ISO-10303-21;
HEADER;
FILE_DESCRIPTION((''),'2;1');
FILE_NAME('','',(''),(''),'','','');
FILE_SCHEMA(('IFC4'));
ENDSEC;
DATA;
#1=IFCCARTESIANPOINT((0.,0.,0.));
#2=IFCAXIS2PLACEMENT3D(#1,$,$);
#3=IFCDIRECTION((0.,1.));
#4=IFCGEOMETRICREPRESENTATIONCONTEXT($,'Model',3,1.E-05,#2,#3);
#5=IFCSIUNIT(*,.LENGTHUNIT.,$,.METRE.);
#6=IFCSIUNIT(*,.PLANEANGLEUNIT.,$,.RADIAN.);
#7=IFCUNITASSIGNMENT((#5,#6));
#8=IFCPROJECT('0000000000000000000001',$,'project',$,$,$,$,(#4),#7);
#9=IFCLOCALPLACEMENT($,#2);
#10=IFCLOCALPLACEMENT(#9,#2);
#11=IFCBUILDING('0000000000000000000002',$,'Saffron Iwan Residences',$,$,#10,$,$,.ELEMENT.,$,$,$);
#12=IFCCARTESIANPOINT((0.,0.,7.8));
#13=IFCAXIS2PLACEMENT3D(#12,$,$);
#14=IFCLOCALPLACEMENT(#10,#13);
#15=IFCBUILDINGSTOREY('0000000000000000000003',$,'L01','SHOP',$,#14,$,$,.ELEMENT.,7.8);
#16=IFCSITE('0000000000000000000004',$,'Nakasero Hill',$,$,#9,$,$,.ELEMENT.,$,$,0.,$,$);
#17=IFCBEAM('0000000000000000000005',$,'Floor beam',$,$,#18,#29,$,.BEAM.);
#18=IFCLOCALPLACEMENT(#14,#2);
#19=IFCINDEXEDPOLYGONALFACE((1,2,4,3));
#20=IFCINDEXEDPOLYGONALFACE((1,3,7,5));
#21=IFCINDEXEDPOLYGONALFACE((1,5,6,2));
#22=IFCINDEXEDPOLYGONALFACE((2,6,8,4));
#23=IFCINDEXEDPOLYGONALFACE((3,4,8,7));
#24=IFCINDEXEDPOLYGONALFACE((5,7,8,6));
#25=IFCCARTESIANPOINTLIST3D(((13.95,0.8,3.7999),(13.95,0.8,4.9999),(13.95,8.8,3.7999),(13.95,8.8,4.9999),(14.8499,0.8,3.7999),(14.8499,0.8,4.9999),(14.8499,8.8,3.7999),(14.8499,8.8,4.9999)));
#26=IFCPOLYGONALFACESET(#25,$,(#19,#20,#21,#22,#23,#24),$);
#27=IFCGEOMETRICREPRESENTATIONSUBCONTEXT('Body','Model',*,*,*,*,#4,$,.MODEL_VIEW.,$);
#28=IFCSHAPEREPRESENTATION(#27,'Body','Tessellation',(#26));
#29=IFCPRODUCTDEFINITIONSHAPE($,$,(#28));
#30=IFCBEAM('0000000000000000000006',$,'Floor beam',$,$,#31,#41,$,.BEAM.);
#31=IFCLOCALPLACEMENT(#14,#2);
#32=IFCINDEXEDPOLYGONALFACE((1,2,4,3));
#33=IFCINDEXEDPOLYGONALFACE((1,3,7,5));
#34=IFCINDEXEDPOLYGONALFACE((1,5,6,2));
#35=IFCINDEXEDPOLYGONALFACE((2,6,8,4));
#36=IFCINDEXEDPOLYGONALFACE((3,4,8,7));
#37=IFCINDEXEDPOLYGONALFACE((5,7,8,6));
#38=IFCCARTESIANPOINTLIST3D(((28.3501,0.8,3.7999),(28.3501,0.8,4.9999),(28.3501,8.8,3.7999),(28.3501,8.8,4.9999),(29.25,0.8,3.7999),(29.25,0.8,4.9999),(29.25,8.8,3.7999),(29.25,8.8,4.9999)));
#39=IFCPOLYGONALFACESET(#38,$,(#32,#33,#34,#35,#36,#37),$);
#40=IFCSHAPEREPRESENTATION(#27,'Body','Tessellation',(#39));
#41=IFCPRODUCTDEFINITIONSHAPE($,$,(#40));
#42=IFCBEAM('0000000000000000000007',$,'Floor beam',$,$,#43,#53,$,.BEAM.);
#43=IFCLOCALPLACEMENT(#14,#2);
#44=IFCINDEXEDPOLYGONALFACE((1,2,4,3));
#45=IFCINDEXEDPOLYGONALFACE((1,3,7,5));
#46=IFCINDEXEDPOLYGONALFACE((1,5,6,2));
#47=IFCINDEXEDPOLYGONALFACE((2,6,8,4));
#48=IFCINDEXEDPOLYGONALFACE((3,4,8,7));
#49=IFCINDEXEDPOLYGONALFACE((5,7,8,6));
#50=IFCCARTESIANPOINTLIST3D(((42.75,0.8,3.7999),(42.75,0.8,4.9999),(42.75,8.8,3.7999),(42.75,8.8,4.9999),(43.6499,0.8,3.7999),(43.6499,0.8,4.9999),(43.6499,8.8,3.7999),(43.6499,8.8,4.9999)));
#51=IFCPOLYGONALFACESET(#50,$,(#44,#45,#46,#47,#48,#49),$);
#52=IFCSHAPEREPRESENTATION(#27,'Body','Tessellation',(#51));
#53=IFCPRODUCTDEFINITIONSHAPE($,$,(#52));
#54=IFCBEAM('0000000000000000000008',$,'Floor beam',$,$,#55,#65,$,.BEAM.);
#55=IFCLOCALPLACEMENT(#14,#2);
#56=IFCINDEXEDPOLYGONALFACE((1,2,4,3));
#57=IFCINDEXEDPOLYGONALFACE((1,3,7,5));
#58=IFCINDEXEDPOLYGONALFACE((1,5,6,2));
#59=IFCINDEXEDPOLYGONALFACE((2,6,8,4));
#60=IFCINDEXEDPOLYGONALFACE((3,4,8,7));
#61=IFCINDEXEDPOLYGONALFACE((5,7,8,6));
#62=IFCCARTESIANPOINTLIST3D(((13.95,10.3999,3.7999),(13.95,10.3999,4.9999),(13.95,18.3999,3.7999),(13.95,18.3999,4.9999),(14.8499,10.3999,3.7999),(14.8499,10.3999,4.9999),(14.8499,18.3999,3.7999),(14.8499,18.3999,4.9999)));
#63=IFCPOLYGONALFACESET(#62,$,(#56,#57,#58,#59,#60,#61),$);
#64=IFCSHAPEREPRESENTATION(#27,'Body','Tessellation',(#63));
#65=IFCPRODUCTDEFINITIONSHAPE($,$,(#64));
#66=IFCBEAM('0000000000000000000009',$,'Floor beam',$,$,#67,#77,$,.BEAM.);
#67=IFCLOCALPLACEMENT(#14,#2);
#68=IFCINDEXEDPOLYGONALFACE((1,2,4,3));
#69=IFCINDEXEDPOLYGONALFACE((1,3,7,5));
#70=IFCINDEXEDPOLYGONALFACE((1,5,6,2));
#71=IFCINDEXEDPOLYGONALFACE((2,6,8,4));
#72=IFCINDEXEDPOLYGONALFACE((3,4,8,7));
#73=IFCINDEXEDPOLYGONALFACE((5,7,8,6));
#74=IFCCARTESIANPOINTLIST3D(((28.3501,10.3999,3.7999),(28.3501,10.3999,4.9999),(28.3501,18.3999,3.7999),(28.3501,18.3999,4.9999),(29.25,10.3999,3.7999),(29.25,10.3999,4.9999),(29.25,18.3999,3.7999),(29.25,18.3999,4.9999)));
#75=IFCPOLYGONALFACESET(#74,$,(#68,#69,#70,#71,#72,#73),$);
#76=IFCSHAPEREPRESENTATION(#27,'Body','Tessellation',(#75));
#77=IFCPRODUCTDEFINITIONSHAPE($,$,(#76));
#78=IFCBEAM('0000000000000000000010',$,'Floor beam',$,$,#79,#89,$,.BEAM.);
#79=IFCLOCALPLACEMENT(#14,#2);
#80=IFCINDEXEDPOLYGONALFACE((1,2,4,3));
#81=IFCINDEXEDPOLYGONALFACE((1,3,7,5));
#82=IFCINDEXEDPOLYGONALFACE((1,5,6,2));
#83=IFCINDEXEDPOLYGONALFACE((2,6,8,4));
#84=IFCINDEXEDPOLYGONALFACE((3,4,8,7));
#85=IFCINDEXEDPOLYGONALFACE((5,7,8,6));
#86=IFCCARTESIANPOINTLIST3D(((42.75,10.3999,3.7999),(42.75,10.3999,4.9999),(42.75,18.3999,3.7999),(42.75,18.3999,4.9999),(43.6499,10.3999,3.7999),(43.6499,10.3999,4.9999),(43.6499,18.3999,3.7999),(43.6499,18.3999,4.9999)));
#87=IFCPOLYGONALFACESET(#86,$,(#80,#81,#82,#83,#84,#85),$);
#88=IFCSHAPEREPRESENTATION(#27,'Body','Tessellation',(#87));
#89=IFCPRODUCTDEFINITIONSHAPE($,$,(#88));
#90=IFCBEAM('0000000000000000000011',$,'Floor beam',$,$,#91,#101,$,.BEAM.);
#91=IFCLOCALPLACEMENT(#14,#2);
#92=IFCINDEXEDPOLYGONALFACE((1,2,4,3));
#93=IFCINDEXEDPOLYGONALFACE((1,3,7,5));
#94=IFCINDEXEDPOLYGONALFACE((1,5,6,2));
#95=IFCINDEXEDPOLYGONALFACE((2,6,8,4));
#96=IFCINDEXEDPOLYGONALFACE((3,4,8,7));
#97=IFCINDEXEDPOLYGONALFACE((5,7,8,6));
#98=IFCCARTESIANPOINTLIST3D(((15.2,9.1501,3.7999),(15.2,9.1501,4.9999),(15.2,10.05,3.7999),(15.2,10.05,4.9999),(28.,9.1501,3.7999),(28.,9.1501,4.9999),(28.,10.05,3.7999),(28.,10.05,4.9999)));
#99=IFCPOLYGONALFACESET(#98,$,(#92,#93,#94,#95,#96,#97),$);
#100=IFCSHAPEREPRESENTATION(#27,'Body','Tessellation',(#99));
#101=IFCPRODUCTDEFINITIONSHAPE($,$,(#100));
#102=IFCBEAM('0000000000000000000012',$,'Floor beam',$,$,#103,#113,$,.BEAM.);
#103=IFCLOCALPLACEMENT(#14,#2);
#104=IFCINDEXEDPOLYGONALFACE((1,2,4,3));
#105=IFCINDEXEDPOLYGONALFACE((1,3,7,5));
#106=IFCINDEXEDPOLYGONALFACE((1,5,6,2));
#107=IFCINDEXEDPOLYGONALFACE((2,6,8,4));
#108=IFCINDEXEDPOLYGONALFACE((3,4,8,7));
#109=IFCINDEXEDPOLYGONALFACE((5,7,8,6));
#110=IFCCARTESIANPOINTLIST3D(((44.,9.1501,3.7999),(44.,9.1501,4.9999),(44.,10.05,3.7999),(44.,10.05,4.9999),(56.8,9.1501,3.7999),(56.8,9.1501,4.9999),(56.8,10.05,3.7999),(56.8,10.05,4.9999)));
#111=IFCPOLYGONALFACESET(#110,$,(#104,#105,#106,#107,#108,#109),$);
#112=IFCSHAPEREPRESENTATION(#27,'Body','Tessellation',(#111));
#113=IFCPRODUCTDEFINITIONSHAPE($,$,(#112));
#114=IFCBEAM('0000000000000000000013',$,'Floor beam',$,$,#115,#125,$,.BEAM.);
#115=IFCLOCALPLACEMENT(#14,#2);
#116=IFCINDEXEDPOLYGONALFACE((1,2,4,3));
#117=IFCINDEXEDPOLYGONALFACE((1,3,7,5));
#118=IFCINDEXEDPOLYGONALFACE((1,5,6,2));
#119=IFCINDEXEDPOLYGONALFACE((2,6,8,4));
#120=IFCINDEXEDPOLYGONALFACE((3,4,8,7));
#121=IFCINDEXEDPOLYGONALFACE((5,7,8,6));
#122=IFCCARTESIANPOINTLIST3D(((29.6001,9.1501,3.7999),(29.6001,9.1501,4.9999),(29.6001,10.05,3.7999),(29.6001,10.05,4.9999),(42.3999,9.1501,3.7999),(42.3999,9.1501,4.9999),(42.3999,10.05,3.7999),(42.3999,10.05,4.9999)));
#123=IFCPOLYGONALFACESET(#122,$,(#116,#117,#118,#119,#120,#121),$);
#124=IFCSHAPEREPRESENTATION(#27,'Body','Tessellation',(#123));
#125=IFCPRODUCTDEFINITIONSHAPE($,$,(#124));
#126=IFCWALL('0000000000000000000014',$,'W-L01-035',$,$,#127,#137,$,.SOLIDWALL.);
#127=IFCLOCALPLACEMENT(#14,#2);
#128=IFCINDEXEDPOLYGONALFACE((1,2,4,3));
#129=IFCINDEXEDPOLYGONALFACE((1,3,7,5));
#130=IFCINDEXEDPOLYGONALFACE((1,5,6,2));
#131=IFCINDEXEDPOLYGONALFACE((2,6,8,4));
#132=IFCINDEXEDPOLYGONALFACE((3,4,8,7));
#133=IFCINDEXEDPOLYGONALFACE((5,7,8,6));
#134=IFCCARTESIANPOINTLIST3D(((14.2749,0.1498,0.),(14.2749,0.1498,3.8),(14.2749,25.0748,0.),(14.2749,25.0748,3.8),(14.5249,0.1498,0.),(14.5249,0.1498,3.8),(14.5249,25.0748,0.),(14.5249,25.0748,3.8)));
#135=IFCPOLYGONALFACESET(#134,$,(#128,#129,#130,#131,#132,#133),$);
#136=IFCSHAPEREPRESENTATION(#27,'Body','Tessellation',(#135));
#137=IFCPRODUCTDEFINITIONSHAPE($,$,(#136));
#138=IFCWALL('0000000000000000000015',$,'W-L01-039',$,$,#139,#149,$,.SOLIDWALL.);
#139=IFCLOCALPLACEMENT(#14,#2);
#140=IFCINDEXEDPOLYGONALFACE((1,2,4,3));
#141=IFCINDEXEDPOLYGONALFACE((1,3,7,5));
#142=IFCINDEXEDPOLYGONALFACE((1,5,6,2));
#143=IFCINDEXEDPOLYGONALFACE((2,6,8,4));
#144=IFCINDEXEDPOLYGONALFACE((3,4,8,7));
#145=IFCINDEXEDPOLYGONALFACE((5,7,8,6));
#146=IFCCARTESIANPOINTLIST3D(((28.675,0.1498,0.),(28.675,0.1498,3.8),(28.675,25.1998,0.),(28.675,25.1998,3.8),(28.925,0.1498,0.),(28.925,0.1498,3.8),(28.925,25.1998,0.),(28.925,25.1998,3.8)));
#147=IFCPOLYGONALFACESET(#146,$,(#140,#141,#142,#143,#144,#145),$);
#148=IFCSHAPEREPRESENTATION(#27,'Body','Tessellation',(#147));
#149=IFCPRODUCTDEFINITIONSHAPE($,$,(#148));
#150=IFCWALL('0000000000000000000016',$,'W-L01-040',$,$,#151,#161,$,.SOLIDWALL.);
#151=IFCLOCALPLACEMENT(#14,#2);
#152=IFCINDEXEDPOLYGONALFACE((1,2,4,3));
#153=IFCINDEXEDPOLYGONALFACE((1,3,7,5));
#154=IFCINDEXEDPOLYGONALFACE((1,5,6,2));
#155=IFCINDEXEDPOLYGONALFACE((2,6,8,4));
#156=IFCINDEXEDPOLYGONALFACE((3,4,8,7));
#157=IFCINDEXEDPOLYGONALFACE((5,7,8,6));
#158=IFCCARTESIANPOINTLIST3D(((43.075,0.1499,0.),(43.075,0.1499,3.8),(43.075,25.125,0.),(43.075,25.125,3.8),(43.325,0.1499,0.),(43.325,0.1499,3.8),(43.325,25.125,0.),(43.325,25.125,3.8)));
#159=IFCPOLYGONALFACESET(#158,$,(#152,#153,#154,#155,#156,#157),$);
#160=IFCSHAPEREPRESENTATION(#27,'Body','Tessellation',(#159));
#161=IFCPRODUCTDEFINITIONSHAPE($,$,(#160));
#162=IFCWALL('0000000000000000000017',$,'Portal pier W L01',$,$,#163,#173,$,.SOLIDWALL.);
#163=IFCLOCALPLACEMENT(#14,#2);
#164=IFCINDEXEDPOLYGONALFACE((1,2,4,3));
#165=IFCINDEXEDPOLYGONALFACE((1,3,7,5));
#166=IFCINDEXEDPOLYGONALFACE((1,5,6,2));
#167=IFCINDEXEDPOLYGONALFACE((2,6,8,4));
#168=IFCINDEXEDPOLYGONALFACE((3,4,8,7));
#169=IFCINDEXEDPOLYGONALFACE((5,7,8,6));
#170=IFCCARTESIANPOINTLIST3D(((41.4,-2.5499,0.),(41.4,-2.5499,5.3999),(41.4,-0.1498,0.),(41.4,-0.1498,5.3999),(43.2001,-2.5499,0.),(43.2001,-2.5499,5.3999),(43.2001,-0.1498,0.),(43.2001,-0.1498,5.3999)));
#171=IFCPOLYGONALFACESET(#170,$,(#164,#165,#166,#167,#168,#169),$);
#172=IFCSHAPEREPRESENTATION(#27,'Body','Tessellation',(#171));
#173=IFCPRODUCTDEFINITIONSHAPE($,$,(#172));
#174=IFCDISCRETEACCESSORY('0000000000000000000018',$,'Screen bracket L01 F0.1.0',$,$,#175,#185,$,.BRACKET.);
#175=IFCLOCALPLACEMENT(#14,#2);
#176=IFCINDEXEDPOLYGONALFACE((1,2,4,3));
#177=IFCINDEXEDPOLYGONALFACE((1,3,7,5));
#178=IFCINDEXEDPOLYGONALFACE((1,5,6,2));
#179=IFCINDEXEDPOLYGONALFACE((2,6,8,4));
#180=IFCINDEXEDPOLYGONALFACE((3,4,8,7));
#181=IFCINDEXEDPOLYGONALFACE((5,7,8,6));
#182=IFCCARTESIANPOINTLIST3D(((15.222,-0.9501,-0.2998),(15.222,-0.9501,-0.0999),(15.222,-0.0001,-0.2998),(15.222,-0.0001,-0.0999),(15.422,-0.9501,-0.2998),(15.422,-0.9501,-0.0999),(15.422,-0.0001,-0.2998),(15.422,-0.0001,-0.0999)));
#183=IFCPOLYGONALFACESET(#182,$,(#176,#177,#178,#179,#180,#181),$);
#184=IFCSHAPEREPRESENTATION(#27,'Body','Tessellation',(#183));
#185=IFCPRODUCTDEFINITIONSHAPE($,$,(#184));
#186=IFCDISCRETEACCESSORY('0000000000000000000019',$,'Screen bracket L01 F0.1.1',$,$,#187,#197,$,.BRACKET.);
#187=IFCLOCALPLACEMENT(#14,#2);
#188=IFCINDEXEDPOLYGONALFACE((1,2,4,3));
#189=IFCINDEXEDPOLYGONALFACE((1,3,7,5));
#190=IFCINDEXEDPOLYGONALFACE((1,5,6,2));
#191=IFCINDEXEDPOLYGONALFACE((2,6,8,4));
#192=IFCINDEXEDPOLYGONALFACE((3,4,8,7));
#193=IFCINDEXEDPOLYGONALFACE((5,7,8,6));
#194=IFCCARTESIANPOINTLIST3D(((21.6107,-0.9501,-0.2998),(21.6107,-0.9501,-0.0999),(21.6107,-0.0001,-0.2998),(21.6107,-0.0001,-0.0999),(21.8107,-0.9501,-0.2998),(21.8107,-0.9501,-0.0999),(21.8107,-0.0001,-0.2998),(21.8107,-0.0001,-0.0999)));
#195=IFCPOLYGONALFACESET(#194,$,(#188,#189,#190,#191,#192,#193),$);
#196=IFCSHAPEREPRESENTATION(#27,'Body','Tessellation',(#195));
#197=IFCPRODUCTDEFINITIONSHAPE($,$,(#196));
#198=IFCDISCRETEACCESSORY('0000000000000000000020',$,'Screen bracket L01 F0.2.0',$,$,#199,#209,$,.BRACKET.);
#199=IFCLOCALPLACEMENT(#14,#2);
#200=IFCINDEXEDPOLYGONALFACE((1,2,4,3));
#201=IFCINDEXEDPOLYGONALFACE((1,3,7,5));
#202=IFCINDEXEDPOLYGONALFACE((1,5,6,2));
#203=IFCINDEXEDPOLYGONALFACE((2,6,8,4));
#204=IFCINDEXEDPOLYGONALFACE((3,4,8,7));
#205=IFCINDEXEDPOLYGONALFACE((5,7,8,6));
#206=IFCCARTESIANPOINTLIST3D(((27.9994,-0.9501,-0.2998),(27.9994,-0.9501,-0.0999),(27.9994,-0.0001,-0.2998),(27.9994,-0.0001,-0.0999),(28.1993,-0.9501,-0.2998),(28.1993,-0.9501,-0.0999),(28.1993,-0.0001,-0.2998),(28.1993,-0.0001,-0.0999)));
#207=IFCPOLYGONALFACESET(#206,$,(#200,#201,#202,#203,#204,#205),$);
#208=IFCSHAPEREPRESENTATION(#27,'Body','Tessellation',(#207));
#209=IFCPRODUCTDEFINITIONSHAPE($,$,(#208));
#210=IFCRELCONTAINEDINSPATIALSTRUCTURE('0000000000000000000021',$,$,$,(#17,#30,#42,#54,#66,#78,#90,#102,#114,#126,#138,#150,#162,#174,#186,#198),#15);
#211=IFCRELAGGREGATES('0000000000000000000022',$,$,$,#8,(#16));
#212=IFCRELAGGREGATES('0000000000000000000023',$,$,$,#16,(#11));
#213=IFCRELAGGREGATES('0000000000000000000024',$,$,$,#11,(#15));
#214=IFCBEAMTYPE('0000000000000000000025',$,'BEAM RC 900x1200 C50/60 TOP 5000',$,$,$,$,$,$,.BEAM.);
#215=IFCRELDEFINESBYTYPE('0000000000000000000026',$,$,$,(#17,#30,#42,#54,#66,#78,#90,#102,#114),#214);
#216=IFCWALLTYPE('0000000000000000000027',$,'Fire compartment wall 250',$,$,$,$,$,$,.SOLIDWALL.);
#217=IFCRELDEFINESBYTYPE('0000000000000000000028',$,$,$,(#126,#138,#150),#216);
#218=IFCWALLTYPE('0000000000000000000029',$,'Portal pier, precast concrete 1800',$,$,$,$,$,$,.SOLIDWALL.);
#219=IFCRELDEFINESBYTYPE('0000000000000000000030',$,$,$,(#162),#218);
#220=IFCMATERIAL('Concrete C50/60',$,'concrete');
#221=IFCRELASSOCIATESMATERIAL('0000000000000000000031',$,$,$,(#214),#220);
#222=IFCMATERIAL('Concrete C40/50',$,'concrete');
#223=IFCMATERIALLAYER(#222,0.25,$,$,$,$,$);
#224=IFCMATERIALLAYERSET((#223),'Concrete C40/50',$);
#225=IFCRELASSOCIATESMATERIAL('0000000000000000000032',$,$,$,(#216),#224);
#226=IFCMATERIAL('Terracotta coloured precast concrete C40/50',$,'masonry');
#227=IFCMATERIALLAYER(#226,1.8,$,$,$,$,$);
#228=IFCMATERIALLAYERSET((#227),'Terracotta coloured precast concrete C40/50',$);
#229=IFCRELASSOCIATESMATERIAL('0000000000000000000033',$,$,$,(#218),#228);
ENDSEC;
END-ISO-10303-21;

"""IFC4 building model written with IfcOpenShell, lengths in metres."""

from ifc_helpers import new_model, si_unit, direction, frame, frame_2d, origin, origin_2d, place, context, subcontext, project, spatial, rectangle, extrude, source, transform, mapped, material, layer, layer_set, material_profile, profile_set, type_object, element, save


model = new_model("IFC4")

# Units and contexts
model_context = context("Model", 3, precision=1e-05, world=origin(), true_north=direction((0.0, 1.0)))
body_context = subcontext(model_context, "Body", "Model", "MODEL_VIEW")
ifc_project = project(units=[si_unit("LENGTHUNIT", "METRE"), si_unit("PLANEANGLEUNIT", "RADIAN")], contexts=[model_context])

# Site, building, storey
site_placement = place(None, origin())
site = spatial("IfcSite", under=ifc_project, at=site_placement, Name="Nakasero Hill", CompositionType="ELEMENT", RefElevation=0.0)
building_placement = place(site_placement, origin())
building = spatial("IfcBuilding", under=site, at=building_placement, Name="Saffron Iwan Residences", CompositionType="ELEMENT")
storey_placement = place(building_placement, frame((0.0, 0.0, 7.8)))
storey = spatial("IfcBuildingStorey", under=building, at=storey_placement, Name="L01", Description="SHOP", CompositionType="ELEMENT", Elevation=7.8)

# Shared definitions
ifc_material_1 = material(Name="Concrete C50/60", Category="concrete")

# Beams
ifc_material_profile_1 = material_profile(ifc_material_1, rectangle(XDim=0.8999, YDim=1.2, at=origin_2d()), Name="RC 900x1200")
ifc_profile_set_1 = profile_set([ifc_material_profile_1], Name="Concrete C50/60")
beam_type_1 = type_object("IfcBeamType", Name="BEAM RC 900x1200 C50/60 TOP 5000", PredefinedType="BEAM", material=ifc_profile_set_1)
shared_shape_1 = source(origin(), body_context, "Body", "SweptSolid", [
    extrude(rectangle(XDim=0.8999, YDim=1.2, at=origin_2d()), origin(), (0.0, 0.0, 1.0), 8.0),
])
for number, where, z_axis, x_axis, name in (
    (1, (14.3999, 0.8, 4.3999), (0.0, 1.0, 0.0), (-1.0, 0.0, 0.0), "Floor beam"),
    (2, (28.8, 0.8, 4.3999), (0.0, 1.0, 0.0), (-1.0, 0.0, 0.0), "Floor beam"),
    (3, (43.2, 0.8, 4.3999), (0.0, 1.0, 0.0), (-1.0, 0.0, 0.0), "Floor beam"),
    (4, (14.3999, 10.3999, 4.3999), (0.0, 1.0, 0.0), (-1.0, 0.0, 0.0), "Floor beam"),
    (5, (28.8, 10.3999, 4.3999), (0.0, 1.0, 0.0), (-1.0, 0.0, 0.0), "Floor beam"),
    (6, (43.2, 10.3999, 4.3999), (0.0, 1.0, 0.0), (-1.0, 0.0, 0.0), "Floor beam"),
):
    element("IfcBeam", number, at=place(storey_placement, frame(where, z_axis=z_axis, x_axis=x_axis)), inside=storey, type_object=beam_type_1, Name=name, PredefinedType="BEAM", context=body_context, shape_type="MappedRepresentation", body=[
        mapped(shared_shape_1, transform((0.0, 0.0, 0.0))),
    ])
shared_shape_2 = source(origin(), body_context, "Body", "SweptSolid", [
    extrude(rectangle(XDim=0.8999, YDim=1.2, at=origin_2d()), origin(), (0.0, 0.0, 1.0), 12.8),
])
for number, where, z_axis, x_axis, name in (
    (7, (15.2, 9.6001, 4.3999), (1.0, 0.0, 0.0), (0.0, 1.0, 0.0), "Floor beam"),
    (8, (44.0, 9.6001, 4.3999), (1.0, 0.0, 0.0), (0.0, 1.0, 0.0), "Floor beam"),
):
    element("IfcBeam", number, at=place(storey_placement, frame(where, z_axis=z_axis, x_axis=x_axis)), inside=storey, type_object=beam_type_1, Name=name, PredefinedType="BEAM", context=body_context, shape_type="MappedRepresentation", body=[
        mapped(shared_shape_2, transform((0.0, 0.0, 0.0))),
    ])
shared_shape_3 = source(origin(), body_context, "Body", "SweptSolid", [
    extrude(rectangle(XDim=0.8999, YDim=1.2, at=origin_2d()), origin(), (0.0, 0.0, 1.0), 12.7998),
])
beam_1_placement = place(storey_placement, frame((29.6001, 9.6001, 4.3999), z_axis=(1.0, 0.0, 0.0), x_axis=(0.0, 1.0, 0.0)))
element("IfcBeam", 9, at=beam_1_placement, inside=storey, type_object=beam_type_1, Name="Floor beam", PredefinedType="BEAM", context=body_context, shape_type="MappedRepresentation", body=[
    mapped(shared_shape_3, transform((0.0, 0.0, 0.0))),
])

# Walls
ifc_material_2 = material(Name="Concrete C40/50", Category="concrete")
ifc_layer_1 = layer(ifc_material_2, 0.25)
ifc_layer_set_1 = layer_set([ifc_layer_1], Name="Concrete C40/50")
wall_type_1 = type_object("IfcWallType", Name="Fire compartment wall 250", PredefinedType="SOLIDWALL", material=ifc_layer_set_1)
wall_1_placement = place(storey_placement, frame((14.3999, 0.1499, 0.0), z_axis=(0.0, 0.0, 1.0), x_axis=(0.0, 1.0, 0.0)))
element("IfcWall", 10, at=wall_1_placement, inside=storey, type_object=wall_type_1, Name="W-L01-035", PredefinedType="SOLIDWALL", context=body_context, shape_type="SweptSolid", body=[
    extrude(rectangle(XDim=24.925, YDim=0.25, at=frame_2d((12.4624, 0.0))), origin(), (0.0, 0.0, 1.0), 3.8),
])
wall_2_placement = place(storey_placement, frame((28.8, 0.1499, 0.0), z_axis=(0.0, 0.0, 1.0), x_axis=(0.0, 1.0, 0.0)))
element("IfcWall", 11, at=wall_2_placement, inside=storey, type_object=wall_type_1, Name="W-L01-039", PredefinedType="SOLIDWALL", context=body_context, shape_type="SweptSolid", body=[
    extrude(rectangle(XDim=25.05, YDim=0.25, at=frame_2d((12.5249, 0.0))), origin(), (0.0, 0.0, 1.0), 3.8),
])
wall_3_placement = place(storey_placement, frame((43.2, 0.1499, 0.0), z_axis=(0.0, 0.0, 1.0), x_axis=(0.0, 1.0, 0.0)))
element("IfcWall", 12, at=wall_3_placement, inside=storey, type_object=wall_type_1, Name="W-L01-040", PredefinedType="SOLIDWALL", context=body_context, shape_type="SweptSolid", body=[
    extrude(rectangle(XDim=24.9751, YDim=0.25, at=frame_2d((12.4875, 0.0))), origin(), (0.0, 0.0, 1.0), 3.8),
])
ifc_material_3 = material(Name="Terracotta coloured precast concrete C40/50", Category="masonry")
ifc_layer_2 = layer(ifc_material_3, 1.8)
ifc_layer_set_2 = layer_set([ifc_layer_2], Name="Terracotta coloured precast concrete C40/50")
wall_type_2 = type_object("IfcWallType", Name="Portal pier, precast concrete 1800", PredefinedType="SOLIDWALL", material=ifc_layer_set_2)
wall_4_placement = place(storey_placement, frame((42.3, -2.55, 0.0), z_axis=(0.0, 0.0, 1.0), x_axis=(0.0, 1.0, 0.0)))
element("IfcWall", 13, at=wall_4_placement, inside=storey, type_object=wall_type_2, Name="Portal pier W L01", PredefinedType="SOLIDWALL", context=body_context, shape_type="SweptSolid", body=[
    extrude(rectangle(XDim=2.4001, YDim=1.8, at=frame_2d((1.2002, 0.0))), origin(), (0.0, 0.0, 1.0), 5.3999),
])

# Discrete accessories
shared_shape_4 = source(origin(), body_context, "Body", "SweptSolid", [
    extrude(rectangle(XDim=0.95, YDim=0.2, at=origin_2d()), origin(), (0.0, 0.0, 1.0), 0.2),
])
for number, where, z_axis, x_axis, name in (
    (14, (15.322, -0.4751, -0.2998), (0.0, 0.0, 1.0), (0.0, -1.0, 0.0), "Screen bracket L01 F0.1.0"),
    (15, (21.7107, -0.4751, -0.2998), (0.0, 0.0, 1.0), (0.0, -1.0, 0.0), "Screen bracket L01 F0.1.1"),
    (16, (28.0994, -0.4751, -0.2998), (0.0, 0.0, 1.0), (0.0, -1.0, 0.0), "Screen bracket L01 F0.2.0"),
):
    element("IfcDiscreteAccessory", number, at=place(storey_placement, frame(where, z_axis=z_axis, x_axis=x_axis)), inside=storey, Name=name, PredefinedType="BRACKET", context=body_context, shape_type="MappedRepresentation", body=[
        mapped(shared_shape_4, transform((0.0, 0.0, 0.0))),
    ])

save(model, "model.ifc")
